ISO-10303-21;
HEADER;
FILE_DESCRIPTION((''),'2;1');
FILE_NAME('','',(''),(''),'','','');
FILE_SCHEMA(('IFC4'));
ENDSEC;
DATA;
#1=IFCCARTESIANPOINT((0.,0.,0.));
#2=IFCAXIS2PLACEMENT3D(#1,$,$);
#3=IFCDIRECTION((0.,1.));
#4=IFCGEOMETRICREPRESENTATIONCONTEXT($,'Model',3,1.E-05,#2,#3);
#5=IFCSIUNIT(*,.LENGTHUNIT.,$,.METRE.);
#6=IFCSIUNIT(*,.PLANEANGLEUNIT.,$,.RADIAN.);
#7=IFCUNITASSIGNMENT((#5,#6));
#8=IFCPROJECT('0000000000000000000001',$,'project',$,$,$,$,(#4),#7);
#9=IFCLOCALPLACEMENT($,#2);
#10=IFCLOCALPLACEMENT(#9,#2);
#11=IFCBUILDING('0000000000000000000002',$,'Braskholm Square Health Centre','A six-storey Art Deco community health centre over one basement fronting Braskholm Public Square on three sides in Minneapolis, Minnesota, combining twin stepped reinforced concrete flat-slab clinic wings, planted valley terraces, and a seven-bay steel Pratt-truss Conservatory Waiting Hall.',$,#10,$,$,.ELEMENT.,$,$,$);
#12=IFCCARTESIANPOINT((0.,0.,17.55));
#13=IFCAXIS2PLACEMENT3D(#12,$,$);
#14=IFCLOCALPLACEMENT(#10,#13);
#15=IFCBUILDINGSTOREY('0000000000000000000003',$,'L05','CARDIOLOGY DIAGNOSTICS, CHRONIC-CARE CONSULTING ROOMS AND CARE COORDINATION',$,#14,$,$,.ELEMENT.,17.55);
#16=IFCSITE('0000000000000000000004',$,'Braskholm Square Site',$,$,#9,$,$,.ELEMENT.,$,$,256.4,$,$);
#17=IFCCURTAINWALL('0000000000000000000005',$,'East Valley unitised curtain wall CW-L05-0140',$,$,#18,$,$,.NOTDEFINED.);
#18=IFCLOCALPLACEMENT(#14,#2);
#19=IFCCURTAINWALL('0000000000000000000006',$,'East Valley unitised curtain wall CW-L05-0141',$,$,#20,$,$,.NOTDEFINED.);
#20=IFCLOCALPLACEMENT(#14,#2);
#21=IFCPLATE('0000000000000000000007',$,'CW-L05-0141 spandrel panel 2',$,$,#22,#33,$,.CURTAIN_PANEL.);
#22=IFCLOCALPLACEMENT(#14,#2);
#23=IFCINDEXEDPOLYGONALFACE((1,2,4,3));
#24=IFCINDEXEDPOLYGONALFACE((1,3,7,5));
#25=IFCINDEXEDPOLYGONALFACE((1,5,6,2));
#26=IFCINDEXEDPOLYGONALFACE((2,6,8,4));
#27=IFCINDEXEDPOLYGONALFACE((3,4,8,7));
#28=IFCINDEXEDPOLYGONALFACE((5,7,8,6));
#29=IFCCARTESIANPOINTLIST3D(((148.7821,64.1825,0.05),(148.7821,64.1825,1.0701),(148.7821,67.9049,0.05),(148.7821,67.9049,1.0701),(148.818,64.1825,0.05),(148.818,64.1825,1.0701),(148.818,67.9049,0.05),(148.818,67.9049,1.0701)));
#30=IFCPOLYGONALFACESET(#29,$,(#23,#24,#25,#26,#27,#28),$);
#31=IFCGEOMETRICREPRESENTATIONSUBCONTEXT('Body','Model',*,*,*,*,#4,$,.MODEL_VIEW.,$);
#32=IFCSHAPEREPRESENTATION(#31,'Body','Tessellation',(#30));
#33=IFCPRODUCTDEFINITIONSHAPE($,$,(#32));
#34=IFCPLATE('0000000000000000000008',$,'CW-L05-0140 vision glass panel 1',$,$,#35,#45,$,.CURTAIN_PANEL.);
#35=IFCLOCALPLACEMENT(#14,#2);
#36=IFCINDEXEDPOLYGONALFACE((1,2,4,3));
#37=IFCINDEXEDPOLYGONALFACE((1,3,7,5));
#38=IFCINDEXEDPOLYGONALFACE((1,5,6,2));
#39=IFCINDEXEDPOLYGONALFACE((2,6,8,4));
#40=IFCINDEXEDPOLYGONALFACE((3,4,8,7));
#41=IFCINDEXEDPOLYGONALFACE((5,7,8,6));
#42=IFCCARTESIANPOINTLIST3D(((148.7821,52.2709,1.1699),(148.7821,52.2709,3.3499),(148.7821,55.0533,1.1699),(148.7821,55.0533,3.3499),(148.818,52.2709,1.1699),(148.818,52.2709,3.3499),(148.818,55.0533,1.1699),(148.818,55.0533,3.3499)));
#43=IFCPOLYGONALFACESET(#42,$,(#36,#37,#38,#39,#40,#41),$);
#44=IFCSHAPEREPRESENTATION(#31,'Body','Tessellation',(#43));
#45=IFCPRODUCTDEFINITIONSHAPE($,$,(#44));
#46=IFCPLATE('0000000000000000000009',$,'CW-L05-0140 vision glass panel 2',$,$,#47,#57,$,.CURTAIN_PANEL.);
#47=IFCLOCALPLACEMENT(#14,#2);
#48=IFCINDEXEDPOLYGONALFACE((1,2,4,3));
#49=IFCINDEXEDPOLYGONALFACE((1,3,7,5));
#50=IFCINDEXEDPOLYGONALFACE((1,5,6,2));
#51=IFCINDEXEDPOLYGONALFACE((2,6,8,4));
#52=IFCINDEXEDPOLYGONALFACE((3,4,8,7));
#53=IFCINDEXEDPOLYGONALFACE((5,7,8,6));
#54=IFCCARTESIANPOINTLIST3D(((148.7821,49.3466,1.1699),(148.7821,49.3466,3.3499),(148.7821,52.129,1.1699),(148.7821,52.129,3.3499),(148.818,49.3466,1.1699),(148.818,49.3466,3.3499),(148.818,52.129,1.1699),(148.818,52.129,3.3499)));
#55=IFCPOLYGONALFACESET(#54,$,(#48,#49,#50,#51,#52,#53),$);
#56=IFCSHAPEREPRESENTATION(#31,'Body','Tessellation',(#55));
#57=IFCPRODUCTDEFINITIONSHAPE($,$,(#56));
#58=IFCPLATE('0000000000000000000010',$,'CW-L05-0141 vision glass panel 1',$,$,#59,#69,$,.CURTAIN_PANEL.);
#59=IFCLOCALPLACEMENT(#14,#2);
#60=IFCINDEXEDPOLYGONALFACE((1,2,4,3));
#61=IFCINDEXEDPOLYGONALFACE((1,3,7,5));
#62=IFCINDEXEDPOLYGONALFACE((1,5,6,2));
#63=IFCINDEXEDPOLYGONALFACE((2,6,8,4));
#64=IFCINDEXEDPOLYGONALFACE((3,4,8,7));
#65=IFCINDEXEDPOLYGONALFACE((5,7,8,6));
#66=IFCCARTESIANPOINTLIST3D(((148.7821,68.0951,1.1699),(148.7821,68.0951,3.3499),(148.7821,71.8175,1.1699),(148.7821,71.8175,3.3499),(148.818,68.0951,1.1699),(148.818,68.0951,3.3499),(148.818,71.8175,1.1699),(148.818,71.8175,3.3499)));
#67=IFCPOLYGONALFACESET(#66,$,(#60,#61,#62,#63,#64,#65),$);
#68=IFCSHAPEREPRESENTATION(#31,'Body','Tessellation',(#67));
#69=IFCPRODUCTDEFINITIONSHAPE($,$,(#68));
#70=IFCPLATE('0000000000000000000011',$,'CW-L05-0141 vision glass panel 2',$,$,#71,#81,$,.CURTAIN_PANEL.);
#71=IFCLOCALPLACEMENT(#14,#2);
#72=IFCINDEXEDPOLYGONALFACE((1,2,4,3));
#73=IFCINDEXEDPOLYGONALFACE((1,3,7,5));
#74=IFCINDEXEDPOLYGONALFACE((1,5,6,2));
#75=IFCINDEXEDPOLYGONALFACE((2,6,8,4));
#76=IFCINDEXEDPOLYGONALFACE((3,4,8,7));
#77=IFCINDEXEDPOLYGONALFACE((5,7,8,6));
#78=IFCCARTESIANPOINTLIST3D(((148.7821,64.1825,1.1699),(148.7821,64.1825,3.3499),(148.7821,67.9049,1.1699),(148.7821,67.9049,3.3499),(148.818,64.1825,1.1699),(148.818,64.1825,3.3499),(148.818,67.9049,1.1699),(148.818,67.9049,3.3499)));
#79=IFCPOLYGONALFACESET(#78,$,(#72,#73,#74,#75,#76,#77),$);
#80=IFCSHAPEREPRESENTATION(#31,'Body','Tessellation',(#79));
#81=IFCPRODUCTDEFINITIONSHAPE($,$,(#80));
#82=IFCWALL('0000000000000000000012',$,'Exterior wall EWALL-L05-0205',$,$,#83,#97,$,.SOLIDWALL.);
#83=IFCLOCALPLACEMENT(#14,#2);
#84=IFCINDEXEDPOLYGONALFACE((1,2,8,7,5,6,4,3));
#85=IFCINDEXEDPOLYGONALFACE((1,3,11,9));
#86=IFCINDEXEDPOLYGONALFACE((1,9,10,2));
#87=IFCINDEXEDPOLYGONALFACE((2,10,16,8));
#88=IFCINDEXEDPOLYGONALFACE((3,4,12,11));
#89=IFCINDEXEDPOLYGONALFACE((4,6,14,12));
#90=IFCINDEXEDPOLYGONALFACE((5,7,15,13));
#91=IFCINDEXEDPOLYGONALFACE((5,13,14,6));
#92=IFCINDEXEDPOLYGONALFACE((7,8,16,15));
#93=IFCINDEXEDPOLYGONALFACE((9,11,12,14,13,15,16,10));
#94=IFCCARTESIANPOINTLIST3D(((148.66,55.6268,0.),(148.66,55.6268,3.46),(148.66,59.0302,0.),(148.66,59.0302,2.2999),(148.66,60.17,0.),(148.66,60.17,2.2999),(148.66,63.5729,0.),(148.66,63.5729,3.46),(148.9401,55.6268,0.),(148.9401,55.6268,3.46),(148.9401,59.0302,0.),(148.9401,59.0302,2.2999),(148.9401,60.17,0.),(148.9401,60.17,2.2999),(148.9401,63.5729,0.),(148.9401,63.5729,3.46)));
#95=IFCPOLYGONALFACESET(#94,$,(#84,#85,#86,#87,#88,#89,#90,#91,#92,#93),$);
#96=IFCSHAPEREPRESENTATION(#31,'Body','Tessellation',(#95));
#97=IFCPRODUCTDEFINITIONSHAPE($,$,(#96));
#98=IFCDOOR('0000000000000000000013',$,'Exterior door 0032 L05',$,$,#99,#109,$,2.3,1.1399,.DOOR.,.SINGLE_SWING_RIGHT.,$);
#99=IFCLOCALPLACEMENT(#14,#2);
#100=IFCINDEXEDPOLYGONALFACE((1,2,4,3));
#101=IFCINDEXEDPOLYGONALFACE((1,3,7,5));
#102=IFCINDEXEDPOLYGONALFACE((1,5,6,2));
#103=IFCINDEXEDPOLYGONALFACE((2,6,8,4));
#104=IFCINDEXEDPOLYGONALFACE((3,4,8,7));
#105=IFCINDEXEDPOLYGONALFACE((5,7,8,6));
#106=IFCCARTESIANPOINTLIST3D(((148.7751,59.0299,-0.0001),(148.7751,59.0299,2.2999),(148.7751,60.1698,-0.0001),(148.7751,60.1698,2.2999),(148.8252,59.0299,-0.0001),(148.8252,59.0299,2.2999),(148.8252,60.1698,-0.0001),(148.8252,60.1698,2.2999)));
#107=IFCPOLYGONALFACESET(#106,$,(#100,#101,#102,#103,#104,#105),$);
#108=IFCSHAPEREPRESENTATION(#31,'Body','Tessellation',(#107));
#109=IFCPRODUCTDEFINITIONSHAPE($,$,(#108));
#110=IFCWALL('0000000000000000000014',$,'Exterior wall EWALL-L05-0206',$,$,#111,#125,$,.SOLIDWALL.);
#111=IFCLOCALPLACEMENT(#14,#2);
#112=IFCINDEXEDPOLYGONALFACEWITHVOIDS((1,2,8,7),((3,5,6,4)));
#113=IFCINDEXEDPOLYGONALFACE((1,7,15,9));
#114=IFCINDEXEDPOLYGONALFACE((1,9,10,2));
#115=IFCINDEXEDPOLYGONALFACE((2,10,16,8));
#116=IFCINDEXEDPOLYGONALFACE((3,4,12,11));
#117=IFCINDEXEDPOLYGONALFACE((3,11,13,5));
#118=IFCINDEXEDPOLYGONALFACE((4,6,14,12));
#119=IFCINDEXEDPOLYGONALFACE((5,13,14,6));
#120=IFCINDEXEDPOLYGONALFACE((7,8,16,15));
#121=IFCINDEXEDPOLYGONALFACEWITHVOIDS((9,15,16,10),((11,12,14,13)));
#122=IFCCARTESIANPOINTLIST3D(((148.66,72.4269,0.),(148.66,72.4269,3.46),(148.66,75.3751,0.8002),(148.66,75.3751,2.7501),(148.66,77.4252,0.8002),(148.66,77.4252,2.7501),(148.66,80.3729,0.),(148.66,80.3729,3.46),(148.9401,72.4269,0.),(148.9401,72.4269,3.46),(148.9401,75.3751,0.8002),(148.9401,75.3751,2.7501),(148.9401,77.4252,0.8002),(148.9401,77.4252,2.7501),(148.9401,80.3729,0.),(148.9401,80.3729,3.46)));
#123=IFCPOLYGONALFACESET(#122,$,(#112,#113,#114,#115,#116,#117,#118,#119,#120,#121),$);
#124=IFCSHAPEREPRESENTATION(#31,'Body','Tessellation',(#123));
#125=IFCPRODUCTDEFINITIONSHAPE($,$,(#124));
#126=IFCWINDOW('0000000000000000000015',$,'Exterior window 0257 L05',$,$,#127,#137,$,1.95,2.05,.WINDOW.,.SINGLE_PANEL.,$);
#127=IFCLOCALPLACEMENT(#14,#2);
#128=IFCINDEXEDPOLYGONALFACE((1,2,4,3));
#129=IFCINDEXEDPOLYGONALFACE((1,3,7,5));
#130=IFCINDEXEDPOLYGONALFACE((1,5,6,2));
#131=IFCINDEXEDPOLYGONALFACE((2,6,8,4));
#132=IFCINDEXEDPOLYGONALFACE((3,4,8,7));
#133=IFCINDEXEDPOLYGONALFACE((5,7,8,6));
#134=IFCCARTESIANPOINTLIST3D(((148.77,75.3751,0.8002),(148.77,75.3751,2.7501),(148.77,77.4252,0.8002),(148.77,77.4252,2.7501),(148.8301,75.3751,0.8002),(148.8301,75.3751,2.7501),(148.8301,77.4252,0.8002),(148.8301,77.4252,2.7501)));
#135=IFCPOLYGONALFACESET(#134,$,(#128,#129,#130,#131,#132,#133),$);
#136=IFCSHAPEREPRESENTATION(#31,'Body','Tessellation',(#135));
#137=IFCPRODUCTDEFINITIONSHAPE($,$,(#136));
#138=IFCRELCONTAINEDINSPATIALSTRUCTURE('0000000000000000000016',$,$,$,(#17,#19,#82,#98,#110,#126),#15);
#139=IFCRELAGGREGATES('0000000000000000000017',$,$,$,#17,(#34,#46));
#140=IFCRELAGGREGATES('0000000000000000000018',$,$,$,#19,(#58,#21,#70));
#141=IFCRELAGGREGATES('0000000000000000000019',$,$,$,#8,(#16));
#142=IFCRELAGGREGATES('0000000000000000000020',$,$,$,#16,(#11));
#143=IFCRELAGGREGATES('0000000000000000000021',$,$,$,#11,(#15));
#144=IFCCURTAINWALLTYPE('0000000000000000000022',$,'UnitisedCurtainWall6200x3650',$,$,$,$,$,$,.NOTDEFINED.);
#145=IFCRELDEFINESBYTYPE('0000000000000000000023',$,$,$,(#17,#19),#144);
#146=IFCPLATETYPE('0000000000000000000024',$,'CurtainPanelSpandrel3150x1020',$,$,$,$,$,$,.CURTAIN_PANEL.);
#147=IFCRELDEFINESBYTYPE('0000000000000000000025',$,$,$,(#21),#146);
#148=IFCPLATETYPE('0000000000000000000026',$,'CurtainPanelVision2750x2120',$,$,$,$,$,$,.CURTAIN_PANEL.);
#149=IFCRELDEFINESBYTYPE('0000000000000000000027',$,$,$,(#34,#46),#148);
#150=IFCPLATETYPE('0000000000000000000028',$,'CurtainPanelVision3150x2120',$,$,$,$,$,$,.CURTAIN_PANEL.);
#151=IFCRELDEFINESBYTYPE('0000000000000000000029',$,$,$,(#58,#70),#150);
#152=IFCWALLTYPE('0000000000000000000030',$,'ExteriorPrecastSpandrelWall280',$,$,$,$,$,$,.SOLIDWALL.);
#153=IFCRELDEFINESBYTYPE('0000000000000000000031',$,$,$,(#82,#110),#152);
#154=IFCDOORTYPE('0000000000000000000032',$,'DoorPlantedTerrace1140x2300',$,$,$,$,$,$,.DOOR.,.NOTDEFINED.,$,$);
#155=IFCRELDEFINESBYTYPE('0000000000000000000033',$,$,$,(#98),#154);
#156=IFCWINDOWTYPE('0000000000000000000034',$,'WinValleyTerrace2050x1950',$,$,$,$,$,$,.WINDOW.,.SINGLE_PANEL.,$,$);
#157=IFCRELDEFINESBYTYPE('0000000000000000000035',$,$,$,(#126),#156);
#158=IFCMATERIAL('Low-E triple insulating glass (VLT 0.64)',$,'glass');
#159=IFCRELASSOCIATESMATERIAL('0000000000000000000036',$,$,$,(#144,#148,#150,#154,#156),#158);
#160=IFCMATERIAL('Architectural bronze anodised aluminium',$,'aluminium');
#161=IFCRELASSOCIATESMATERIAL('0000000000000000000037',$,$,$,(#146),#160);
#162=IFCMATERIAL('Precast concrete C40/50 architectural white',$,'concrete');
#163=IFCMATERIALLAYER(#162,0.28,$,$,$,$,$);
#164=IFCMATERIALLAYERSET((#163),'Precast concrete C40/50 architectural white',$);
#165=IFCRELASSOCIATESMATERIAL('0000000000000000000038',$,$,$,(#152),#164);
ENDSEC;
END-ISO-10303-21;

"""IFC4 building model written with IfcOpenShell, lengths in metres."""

from ifc_helpers import new_model, si_unit, direction, frame, frame_2d, origin, origin_with_axes, origin_2d, place, context, subcontext, project, spatial, rectangle, extrude, material, layer, layer_set, type_object, element, fill, aggregate, save


model = new_model("IFC4")

# Units and contexts
model_context = context("Model", 3, precision=1e-05, world=origin(), true_north=direction((0.0, 1.0)))
body_context = subcontext(model_context, "Body", "Model", "MODEL_VIEW")
ifc_project = project(units=[si_unit("LENGTHUNIT", "METRE"), si_unit("PLANEANGLEUNIT", "RADIAN")], contexts=[model_context])

# Site, building, storey
site_placement = place(None, origin())
site = spatial("IfcSite", under=ifc_project, at=site_placement, Name="Braskholm Square Site", CompositionType="ELEMENT", RefElevation=256.4)
building_placement = place(site_placement, origin())
building = spatial("IfcBuilding", under=site, at=building_placement, Name="Braskholm Square Health Centre", Description="A six-storey Art Deco community health centre over one basement fronting Braskholm Public Square on three sides in Minneapolis, Minnesota, combining twin stepped reinforced concrete flat-slab clinic wings, planted valley terraces, and a seven-bay steel Pratt-truss Conservatory Waiting Hall.", CompositionType="ELEMENT")
storey_placement = place(building_placement, frame((0.0, 0.0, 17.55)))
storey = spatial("IfcBuildingStorey", under=building, at=storey_placement, Name="L05", Description="CARDIOLOGY DIAGNOSTICS, CHRONIC-CARE CONSULTING ROOMS AND CARE COORDINATION", CompositionType="ELEMENT", Elevation=17.55)

# Curtain walls
ifc_material_1 = material(Name="Low-E triple insulating glass (VLT 0.64)", Category="glass")
curtain_wall_type = type_object("IfcCurtainWallType", Name="UnitisedCurtainWall6200x3650", PredefinedType="NOTDEFINED", material=ifc_material_1)
curtain_wall_1_placement = place(storey_placement, origin())
curtain_wall_1 = element("IfcCurtainWall", 1, at=curtain_wall_1_placement, inside=storey, type_object=curtain_wall_type, Name="East Valley unitised curtain wall CW-L05-0140", PredefinedType="NOTDEFINED")
ifc_material_2 = material(Name="Architectural bronze anodised aluminium", Category="aluminium")
curtain_wall_2_placement = place(storey_placement, origin())
curtain_wall_2 = element("IfcCurtainWall", 2, at=curtain_wall_2_placement, inside=storey, type_object=curtain_wall_type, Name="East Valley unitised curtain wall CW-L05-0141", PredefinedType="NOTDEFINED")

# Plates
plate_type_1 = type_object("IfcPlateType", Name="CurtainPanelSpandrel3150x1020", PredefinedType="CURTAIN_PANEL", material=ifc_material_2)
plate_1_placement = place(storey_placement, frame((148.8, 66.0437, 0.05), z_axis=(0.0, 0.0, 1.0), x_axis=(0.0, -1.0, 0.0)))
plate_1 = element("IfcPlate", 3, at=plate_1_placement, type_object=plate_type_1, Name="CW-L05-0141 spandrel panel 2", PredefinedType="CURTAIN_PANEL", context=body_context, shape_type="SweptSolid", body=[
    extrude(rectangle(XDim=3.7224, YDim=0.0359, at=origin_2d()), origin(), (0.0, 0.0, 1.0), 1.02),
])
plate_type_2 = type_object("IfcPlateType", Name="CurtainPanelVision2750x2120", PredefinedType="CURTAIN_PANEL", material=ifc_material_1)
plate_2_placement = place(storey_placement, frame((148.8, 53.6621, 1.1699), z_axis=(0.0, 0.0, 1.0), x_axis=(0.0, -1.0, 0.0)))
plate_2 = element("IfcPlate", 4, at=plate_2_placement, type_object=plate_type_2, Name="CW-L05-0140 vision glass panel 1", PredefinedType="CURTAIN_PANEL", context=body_context, shape_type="SweptSolid", body=[
    extrude(rectangle(XDim=2.7825, YDim=0.0359, at=origin_2d()), origin(), (0.0, 0.0, 1.0), 2.1799),
])
plate_3_placement = place(storey_placement, frame((148.8, 50.7378, 1.1699), z_axis=(0.0, 0.0, 1.0), x_axis=(0.0, -1.0, 0.0)))
plate_3 = element("IfcPlate", 5, at=plate_3_placement, type_object=plate_type_2, Name="CW-L05-0140 vision glass panel 2", PredefinedType="CURTAIN_PANEL", context=body_context, shape_type="SweptSolid", body=[
    extrude(rectangle(XDim=2.7825, YDim=0.0359, at=origin_2d()), origin(), (0.0, 0.0, 1.0), 2.1799),
])
aggregate(curtain_wall_1, [plate_2, plate_3])
plate_type_3 = type_object("IfcPlateType", Name="CurtainPanelVision3150x2120", PredefinedType="CURTAIN_PANEL", material=ifc_material_1)
plate_4_placement = place(storey_placement, frame((148.8, 69.9563, 1.1699), z_axis=(0.0, 0.0, 1.0), x_axis=(0.0, -1.0, 0.0)))
plate_4 = element("IfcPlate", 6, at=plate_4_placement, type_object=plate_type_3, Name="CW-L05-0141 vision glass panel 1", PredefinedType="CURTAIN_PANEL", context=body_context, shape_type="SweptSolid", body=[
    extrude(rectangle(XDim=3.7224, YDim=0.0359, at=origin_2d()), origin(), (0.0, 0.0, 1.0), 2.1799),
])
plate_5_placement = place(storey_placement, frame((148.8, 66.0437, 1.1699), z_axis=(0.0, 0.0, 1.0), x_axis=(0.0, -1.0, 0.0)))
plate_5 = element("IfcPlate", 7, at=plate_5_placement, type_object=plate_type_3, Name="CW-L05-0141 vision glass panel 2", PredefinedType="CURTAIN_PANEL", context=body_context, shape_type="SweptSolid", body=[
    extrude(rectangle(XDim=3.7224, YDim=0.0359, at=origin_2d()), origin(), (0.0, 0.0, 1.0), 2.1799),
])
aggregate(curtain_wall_2, [plate_4, plate_1, plate_5])

# Wall, opening, door
ifc_material_3 = material(Name="Precast concrete C40/50 architectural white", Category="concrete")
ifc_layer = layer(ifc_material_3, 0.28)
ifc_layer_set = layer_set([ifc_layer], Name="Precast concrete C40/50 architectural white")
wall_type = type_object("IfcWallType", Name="ExteriorPrecastSpandrelWall280", PredefinedType="SOLIDWALL", material=ifc_layer_set)
wall_1_placement = place(storey_placement, frame((148.8, 63.573, 0.0), z_axis=(0.0, 0.0, 1.0), x_axis=(0.0, -1.0, 0.0)))
wall_1 = element("IfcWall", 8, at=wall_1_placement, inside=storey, type_object=wall_type, Name="Exterior wall EWALL-L05-0205", PredefinedType="SOLIDWALL", context=body_context, shape_type="SweptSolid", body=[
    extrude(rectangle(XDim=7.946, YDim=0.28, at=frame_2d((3.9731, 0.0))), origin(), (0.0, 0.0, 1.0), 3.46),
])
opening_1_placement = place(wall_1_placement, frame((3.4031, 0.0, 0.0)))
opening_1 = element("IfcOpeningElement", 9, at=opening_1_placement, cuts=wall_1, PredefinedType="OPENING", context=body_context, shape_type="SweptSolid", body=[
    extrude(rectangle(XDim=1.1399, YDim=2.3, at=frame_2d((0.5698, 1.1499))), frame((0.0, 0.1499, 0.0), z_axis=(0.0, -1.0, 0.0), x_axis=(1.0, 0.0, 0.0)), (0.0, 0.0, 1.0), 0.3),
])
door_type = type_object("IfcDoorType", Name="DoorPlantedTerrace1140x2300", OperationType="NOTDEFINED", PredefinedType="DOOR", material=ifc_material_1)
door_placement = place(opening_1_placement, frame((1.1399, 0.0, 0.0), z_axis=(0.0, 0.0, 1.0), x_axis=(-1.0, 0.0, 0.0)))
door = element("IfcDoor", 10, at=door_placement, inside=storey, type_object=door_type, Name="Exterior door 0032 L05", OperationType="SINGLE_SWING_RIGHT", OverallHeight=2.3, OverallWidth=1.1399, PredefinedType="DOOR", context=body_context, shape_type="SweptSolid", body=[
    extrude(rectangle(XDim=1.1399, YDim=2.3, at=frame_2d((0.5698, 1.1499))), frame((0.0, 0.0249, 0.0), z_axis=(0.0, -1.0, 0.0), x_axis=(1.0, 0.0, 0.0)), (0.0, 0.0, 1.0), 0.05),
])
fill(opening_1, door)

# Wall, opening, window
wall_2_placement = place(storey_placement, frame((148.8, 80.373, 0.0), z_axis=(0.0, 0.0, 1.0), x_axis=(0.0, -1.0, 0.0)))
wall_2 = element("IfcWall", 11, at=wall_2_placement, inside=storey, type_object=wall_type, Name="Exterior wall EWALL-L05-0206", PredefinedType="SOLIDWALL", context=body_context, shape_type="SweptSolid", body=[
    extrude(rectangle(XDim=7.946, YDim=0.28, at=frame_2d((3.9731, 0.0))), origin(), (0.0, 0.0, 1.0), 3.46),
])
opening_2_placement = place(wall_2_placement, frame((2.948, 0.0, 0.8)))
opening_2 = element("IfcOpeningElement", 12, at=opening_2_placement, cuts=wall_2, PredefinedType="OPENING", context=body_context, shape_type="SweptSolid", body=[
    extrude(rectangle(XDim=2.05, YDim=1.95, at=frame_2d((1.0249, 0.9751))), frame((0.0, 0.1499, 0.0), z_axis=(0.0, -1.0, 0.0), x_axis=(1.0, 0.0, 0.0)), (0.0, 0.0, 1.0), 0.3),
])
window_type = type_object("IfcWindowType", Name="WinValleyTerrace2050x1950", PartitioningType="SINGLE_PANEL", PredefinedType="WINDOW", material=ifc_material_1)
window_placement = place(opening_2_placement, origin_with_axes())
window = element("IfcWindow", 13, at=window_placement, inside=storey, type_object=window_type, Name="Exterior window 0257 L05", OverallHeight=1.95, OverallWidth=2.05, PartitioningType="SINGLE_PANEL", PredefinedType="WINDOW", context=body_context, shape_type="SweptSolid", body=[
    extrude(rectangle(XDim=2.05, YDim=1.95, at=frame_2d((1.0249, 0.9751))), frame((0.0, 0.03, 0.0), z_axis=(0.0, -1.0, 0.0), x_axis=(1.0, 0.0, 0.0)), (0.0, 0.0, 1.0), 0.0601),
])
fill(opening_2, window)

save(model, "model.ifc")
